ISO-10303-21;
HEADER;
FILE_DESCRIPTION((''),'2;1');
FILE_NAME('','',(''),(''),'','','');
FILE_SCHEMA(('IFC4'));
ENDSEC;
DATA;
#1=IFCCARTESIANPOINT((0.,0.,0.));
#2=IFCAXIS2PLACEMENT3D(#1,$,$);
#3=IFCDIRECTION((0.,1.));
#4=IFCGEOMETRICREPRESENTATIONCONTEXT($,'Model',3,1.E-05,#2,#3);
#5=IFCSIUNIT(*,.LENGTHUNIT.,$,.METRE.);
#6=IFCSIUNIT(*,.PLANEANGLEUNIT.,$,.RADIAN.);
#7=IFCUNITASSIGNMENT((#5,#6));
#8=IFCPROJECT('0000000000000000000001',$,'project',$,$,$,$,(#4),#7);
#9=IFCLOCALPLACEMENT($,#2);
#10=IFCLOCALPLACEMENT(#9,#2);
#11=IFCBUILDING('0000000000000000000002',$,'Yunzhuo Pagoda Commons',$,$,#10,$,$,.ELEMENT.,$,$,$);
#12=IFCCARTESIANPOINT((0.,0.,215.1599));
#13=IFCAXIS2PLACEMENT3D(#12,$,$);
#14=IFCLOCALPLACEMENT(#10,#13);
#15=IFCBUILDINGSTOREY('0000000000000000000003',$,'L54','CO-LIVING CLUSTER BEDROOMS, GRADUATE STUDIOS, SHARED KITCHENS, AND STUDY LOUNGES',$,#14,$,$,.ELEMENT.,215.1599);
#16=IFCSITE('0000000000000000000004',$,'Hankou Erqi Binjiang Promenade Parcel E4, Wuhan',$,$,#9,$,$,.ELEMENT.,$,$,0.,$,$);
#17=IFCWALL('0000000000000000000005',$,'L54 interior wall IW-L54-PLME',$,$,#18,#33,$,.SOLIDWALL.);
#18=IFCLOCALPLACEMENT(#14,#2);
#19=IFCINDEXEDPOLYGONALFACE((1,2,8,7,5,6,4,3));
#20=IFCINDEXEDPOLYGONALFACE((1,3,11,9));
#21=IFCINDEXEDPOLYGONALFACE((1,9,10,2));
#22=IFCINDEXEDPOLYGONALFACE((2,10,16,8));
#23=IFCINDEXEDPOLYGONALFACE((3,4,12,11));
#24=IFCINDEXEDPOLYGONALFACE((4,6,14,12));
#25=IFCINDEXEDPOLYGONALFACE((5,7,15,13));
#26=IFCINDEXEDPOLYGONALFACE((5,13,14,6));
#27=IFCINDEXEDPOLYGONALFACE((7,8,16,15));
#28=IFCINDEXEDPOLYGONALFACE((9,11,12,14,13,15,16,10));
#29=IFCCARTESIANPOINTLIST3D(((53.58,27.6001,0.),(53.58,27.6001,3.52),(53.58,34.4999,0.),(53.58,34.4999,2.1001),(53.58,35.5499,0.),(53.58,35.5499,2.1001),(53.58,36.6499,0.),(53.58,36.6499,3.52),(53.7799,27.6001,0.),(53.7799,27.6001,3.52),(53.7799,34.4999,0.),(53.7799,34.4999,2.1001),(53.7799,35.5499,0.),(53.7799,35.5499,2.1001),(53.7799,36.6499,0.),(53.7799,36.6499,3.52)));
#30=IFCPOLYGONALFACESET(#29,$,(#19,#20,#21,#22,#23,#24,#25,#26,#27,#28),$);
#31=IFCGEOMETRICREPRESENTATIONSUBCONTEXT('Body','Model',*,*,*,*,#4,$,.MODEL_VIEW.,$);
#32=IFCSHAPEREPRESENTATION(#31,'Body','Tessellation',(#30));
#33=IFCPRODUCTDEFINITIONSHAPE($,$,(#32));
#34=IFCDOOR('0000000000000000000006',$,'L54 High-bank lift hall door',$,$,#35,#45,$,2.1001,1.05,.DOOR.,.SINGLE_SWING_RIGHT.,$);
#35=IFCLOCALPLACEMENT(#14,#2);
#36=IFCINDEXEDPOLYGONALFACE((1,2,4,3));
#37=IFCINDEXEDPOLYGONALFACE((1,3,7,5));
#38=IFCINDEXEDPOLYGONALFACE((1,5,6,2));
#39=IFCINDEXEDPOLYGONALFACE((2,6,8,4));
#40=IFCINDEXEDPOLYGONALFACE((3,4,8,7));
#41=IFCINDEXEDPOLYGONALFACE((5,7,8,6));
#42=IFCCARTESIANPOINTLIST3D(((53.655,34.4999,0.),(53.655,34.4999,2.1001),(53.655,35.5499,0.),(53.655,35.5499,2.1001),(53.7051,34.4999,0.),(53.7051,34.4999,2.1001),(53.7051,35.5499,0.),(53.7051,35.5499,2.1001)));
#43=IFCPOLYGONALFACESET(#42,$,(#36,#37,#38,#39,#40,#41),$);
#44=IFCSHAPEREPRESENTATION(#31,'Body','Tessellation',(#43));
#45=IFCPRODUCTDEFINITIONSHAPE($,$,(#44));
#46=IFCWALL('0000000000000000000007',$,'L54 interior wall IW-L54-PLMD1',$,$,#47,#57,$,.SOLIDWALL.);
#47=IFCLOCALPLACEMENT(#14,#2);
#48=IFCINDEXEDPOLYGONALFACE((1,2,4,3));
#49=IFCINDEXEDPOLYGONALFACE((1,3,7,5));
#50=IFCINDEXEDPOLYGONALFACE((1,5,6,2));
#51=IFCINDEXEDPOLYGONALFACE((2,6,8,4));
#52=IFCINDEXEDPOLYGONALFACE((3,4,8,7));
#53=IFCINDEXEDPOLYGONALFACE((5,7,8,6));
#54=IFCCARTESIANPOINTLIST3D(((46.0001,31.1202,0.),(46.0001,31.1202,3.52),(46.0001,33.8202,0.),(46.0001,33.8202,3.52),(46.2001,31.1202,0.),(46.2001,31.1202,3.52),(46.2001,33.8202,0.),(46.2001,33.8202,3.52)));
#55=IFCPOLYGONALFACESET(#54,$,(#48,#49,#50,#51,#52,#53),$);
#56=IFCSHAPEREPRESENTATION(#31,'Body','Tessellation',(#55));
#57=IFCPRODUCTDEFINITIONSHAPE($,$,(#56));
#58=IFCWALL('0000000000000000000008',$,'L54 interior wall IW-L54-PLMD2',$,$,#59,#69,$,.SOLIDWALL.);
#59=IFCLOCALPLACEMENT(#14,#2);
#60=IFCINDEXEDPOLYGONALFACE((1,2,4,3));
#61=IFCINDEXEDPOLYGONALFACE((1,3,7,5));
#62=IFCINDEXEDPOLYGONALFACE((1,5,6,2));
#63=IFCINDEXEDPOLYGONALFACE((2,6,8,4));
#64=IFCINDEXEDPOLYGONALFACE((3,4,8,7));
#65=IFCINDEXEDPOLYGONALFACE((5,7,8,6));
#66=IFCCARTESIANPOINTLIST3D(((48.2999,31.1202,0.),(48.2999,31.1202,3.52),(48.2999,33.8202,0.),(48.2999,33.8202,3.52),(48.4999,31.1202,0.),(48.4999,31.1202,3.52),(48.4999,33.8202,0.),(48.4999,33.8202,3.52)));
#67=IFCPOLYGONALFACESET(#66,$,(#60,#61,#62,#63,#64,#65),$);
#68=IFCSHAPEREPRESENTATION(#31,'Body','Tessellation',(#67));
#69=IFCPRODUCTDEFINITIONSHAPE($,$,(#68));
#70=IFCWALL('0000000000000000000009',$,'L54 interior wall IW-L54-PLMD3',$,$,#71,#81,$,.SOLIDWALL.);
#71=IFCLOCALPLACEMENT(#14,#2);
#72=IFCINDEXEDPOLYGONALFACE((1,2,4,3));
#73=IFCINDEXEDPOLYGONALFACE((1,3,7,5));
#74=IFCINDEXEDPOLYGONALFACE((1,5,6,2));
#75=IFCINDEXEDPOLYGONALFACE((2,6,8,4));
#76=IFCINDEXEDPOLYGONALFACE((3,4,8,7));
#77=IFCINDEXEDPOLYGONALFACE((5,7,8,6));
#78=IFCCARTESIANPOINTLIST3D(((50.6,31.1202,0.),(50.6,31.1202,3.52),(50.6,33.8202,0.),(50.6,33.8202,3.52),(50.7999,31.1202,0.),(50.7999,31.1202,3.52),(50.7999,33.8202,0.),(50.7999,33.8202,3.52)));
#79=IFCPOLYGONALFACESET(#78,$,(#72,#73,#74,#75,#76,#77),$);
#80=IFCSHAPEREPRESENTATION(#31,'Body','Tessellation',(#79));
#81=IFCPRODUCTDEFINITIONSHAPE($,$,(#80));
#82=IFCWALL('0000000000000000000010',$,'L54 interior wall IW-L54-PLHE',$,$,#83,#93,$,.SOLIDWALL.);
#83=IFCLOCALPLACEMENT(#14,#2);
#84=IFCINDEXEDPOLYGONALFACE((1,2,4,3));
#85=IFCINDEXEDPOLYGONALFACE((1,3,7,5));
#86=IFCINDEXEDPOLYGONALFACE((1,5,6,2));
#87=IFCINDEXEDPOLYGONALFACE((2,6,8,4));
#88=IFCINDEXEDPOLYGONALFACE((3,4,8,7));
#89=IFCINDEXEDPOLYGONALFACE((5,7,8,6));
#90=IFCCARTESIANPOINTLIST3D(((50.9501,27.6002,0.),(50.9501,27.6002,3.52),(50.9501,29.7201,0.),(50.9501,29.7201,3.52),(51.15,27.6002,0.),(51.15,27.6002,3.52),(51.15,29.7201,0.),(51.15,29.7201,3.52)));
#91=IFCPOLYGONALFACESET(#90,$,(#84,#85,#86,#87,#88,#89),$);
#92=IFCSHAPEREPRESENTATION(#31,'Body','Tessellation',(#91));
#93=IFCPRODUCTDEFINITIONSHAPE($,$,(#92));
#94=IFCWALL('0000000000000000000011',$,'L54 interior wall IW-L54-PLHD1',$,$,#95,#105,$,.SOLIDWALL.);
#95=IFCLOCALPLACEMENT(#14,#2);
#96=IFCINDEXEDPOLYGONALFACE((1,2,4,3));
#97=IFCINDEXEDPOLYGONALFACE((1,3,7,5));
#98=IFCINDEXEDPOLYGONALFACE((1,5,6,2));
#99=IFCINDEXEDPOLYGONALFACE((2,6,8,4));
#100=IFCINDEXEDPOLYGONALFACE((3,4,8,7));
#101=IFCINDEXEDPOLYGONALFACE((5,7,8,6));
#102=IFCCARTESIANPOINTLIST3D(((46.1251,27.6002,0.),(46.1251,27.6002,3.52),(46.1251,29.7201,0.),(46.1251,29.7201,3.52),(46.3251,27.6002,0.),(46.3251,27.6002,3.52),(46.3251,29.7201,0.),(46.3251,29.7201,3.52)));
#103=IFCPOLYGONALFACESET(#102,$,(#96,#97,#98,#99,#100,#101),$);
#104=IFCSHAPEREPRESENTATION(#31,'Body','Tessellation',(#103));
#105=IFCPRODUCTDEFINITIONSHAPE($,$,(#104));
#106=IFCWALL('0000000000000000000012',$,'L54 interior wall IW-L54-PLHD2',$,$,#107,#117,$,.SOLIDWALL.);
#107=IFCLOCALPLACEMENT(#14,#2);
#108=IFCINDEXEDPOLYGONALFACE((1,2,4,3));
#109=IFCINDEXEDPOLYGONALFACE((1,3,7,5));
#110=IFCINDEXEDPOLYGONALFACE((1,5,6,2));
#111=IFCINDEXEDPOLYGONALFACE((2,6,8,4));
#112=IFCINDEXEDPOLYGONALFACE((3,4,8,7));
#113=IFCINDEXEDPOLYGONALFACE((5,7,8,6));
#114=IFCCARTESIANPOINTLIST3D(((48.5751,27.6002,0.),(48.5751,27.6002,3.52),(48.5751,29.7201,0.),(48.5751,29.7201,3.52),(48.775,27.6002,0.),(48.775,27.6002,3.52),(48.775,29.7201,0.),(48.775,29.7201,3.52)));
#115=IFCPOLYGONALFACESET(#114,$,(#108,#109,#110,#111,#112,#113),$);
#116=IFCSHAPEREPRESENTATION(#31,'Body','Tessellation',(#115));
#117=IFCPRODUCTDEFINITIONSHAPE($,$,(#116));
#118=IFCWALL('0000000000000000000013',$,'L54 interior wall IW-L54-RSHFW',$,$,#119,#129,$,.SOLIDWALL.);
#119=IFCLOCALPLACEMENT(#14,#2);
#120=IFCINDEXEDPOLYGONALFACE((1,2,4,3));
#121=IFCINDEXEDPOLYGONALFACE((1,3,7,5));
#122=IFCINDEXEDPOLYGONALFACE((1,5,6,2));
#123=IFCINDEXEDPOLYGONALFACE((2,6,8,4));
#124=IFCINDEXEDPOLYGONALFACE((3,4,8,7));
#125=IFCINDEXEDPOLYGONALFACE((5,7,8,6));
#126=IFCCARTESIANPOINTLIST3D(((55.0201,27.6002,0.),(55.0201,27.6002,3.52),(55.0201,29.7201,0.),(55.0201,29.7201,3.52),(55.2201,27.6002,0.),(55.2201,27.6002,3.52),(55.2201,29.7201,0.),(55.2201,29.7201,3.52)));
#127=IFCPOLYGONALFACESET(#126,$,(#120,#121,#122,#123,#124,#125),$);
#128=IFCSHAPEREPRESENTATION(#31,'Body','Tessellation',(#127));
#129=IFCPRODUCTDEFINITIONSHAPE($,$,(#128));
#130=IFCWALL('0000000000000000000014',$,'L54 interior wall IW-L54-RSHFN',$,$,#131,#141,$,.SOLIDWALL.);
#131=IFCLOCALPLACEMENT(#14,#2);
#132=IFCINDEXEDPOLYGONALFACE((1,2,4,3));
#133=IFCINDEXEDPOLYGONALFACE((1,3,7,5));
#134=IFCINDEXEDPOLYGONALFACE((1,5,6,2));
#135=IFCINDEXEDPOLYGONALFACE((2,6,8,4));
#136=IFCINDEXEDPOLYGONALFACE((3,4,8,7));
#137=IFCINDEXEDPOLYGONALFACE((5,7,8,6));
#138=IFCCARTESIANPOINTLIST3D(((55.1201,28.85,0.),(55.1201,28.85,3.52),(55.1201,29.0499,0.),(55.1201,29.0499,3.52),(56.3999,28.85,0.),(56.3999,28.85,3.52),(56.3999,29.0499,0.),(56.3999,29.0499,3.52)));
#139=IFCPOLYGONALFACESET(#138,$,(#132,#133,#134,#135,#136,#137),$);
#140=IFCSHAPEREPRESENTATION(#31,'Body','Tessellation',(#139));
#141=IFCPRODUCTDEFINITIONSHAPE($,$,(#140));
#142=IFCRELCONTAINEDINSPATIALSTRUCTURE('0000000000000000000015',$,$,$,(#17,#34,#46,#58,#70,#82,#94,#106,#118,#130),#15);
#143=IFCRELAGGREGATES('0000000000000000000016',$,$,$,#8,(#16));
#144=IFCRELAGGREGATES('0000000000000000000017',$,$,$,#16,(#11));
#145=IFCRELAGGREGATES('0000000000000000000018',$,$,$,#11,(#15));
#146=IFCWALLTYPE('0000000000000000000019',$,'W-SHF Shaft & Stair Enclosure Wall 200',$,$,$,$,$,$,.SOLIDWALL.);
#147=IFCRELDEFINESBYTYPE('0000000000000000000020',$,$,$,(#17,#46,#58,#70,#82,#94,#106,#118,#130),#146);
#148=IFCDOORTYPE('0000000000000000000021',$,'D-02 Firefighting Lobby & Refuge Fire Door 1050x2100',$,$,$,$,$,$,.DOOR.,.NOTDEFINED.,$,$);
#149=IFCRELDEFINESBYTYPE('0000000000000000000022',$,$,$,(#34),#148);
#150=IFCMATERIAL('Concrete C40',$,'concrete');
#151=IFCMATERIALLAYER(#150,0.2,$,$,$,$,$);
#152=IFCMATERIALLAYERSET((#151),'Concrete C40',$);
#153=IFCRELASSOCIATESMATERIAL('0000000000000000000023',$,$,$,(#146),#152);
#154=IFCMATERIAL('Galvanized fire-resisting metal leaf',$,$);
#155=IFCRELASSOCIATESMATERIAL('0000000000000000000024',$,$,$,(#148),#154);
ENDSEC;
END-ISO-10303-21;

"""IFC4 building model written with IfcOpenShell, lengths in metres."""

from ifc_helpers import new_model, si_unit, direction, frame, frame_2d, origin, origin_with_axes, place, context, subcontext, project, spatial, rectangle, extrude, source, transform, mapped, material, layer, layer_set, type_object, element, fill, save


model = new_model("IFC4")

# Units and contexts
model_context = context("Model", 3, precision=1e-05, world=origin(), true_north=direction((0.0, 1.0)))
body_context = subcontext(model_context, "Body", "Model", "MODEL_VIEW")
ifc_project = project(units=[si_unit("LENGTHUNIT", "METRE"), si_unit("PLANEANGLEUNIT", "RADIAN")], contexts=[model_context])

# Site, building, storey
site_placement = place(None, origin())
site = spatial("IfcSite", under=ifc_project, at=site_placement, Name="Hankou Erqi Binjiang Promenade Parcel E4, Wuhan", CompositionType="ELEMENT", RefElevation=0.0)
building_placement = place(site_placement, origin())
building = spatial("IfcBuilding", under=site, at=building_placement, Name="Yunzhuo Pagoda Commons", CompositionType="ELEMENT")
storey_placement = place(building_placement, frame((0.0, 0.0, 215.1599)))
storey = spatial("IfcBuildingStorey", under=building, at=storey_placement, Name="L54", Description="CO-LIVING CLUSTER BEDROOMS, GRADUATE STUDIOS, SHARED KITCHENS, AND STUDY LOUNGES", CompositionType="ELEMENT", Elevation=215.1599)

# Shared definitions
ifc_material_1 = material(Name="Galvanized fire-resisting metal leaf")

# Wall, opening, door
ifc_material_2 = material(Name="Concrete C40", Category="concrete")
ifc_layer_1 = layer(ifc_material_2, 0.2)
ifc_layer_set_1 = layer_set([ifc_layer_1], Name="Concrete C40")
wall_type_1 = type_object("IfcWallType", Name="W-SHF Shaft & Stair Enclosure Wall 200", PredefinedType="SOLIDWALL", material=ifc_layer_set_1)
wall_1_placement = place(storey_placement, frame((53.6799, 27.6001, 0.0), z_axis=(0.0, 0.0, 1.0), x_axis=(0.0, 1.0, 0.0)))
wall_1 = element("IfcWall", 1, at=wall_1_placement, inside=storey, type_object=wall_type_1, Name="L54 interior wall IW-L54-PLME", PredefinedType="SOLIDWALL", context=body_context, shape_type="SweptSolid", body=[
    extrude(rectangle(XDim=9.0498, YDim=0.2, at=frame_2d((4.5249, 0.0))), origin(), (0.0, 0.0, 1.0), 3.52),
])
opening_1_placement = place(wall_1_placement, frame((6.8999, 0.0, 0.0)))
opening_1 = element("IfcOpeningElement", 2, at=opening_1_placement, cuts=wall_1, PredefinedType="OPENING", context=body_context, shape_type="SweptSolid", body=[
    extrude(rectangle(XDim=1.05, YDim=2.1001, at=frame_2d((0.5249, 1.05))), frame((0.0, 0.1099, 0.0), z_axis=(0.0, -1.0, 0.0), x_axis=(1.0, 0.0, 0.0)), (0.0, 0.0, 1.0), 0.22),
])
door_type_1 = type_object("IfcDoorType", Name="D-02 Firefighting Lobby & Refuge Fire Door 1050x2100", OperationType="NOTDEFINED", PredefinedType="DOOR", material=ifc_material_1)
shared_shape_1 = source(origin(), body_context, "Body", "SweptSolid", [
    extrude(rectangle(XDim=1.05, YDim=2.1001, at=frame_2d((0.5249, 1.05))), frame((0.0, 0.0249, 0.0), z_axis=(0.0, -1.0, 0.0), x_axis=(1.0, 0.0, 0.0)), (0.0, 0.0, 1.0), 0.05),
])
door_1_placement = place(opening_1_placement, origin_with_axes())
door_1 = element("IfcDoor", 3, at=door_1_placement, inside=storey, type_object=door_type_1, Name="L54 High-bank lift hall door", OperationType="SINGLE_SWING_RIGHT", OverallHeight=2.1001, OverallWidth=1.05, PredefinedType="DOOR", context=body_context, shape_type="MappedRepresentation", body=[
    mapped(shared_shape_1, transform((0.0, 0.0, 0.0), scale=1.0)),
])
fill(opening_1, door_1)

# Walls
for number, where, z_axis, x_axis, name in (
    (4, (46.1001, 31.1201, 0.0), (0.0, 0.0, 1.0), (0.0, 1.0, 0.0), "L54 interior wall IW-L54-PLMD1"),
    (5, (48.3999, 31.1201, 0.0), (0.0, 0.0, 1.0), (0.0, 1.0, 0.0), "L54 interior wall IW-L54-PLMD2"),
    (6, (50.7, 31.1201, 0.0), (0.0, 0.0, 1.0), (0.0, 1.0, 0.0), "L54 interior wall IW-L54-PLMD3"),
):
    element("IfcWall", number, at=place(storey_placement, frame(where, z_axis=z_axis, x_axis=x_axis)), inside=storey, type_object=wall_type_1, Name=name, PredefinedType="SOLIDWALL", context=body_context, shape_type="SweptSolid", body=[
        extrude(rectangle(XDim=2.7, YDim=0.2, at=frame_2d((1.3501, 0.0))), origin(), (0.0, 0.0, 1.0), 3.52),
    ])
for number, where, z_axis, x_axis, name in (
    (7, (51.05, 27.6001, 0.0), (0.0, 0.0, 1.0), (0.0, 1.0, 0.0), "L54 interior wall IW-L54-PLHE"),
    (8, (46.2251, 27.6001, 0.0), (0.0, 0.0, 1.0), (0.0, 1.0, 0.0), "L54 interior wall IW-L54-PLHD1"),
    (9, (48.675, 27.6001, 0.0), (0.0, 0.0, 1.0), (0.0, 1.0, 0.0), "L54 interior wall IW-L54-PLHD2"),
    (10, (55.1201, 27.6001, 0.0), (0.0, 0.0, 1.0), (0.0, 1.0, 0.0), "L54 interior wall IW-L54-RSHFW"),
):
    element("IfcWall", number, at=place(storey_placement, frame(where, z_axis=z_axis, x_axis=x_axis)), inside=storey, type_object=wall_type_1, Name=name, PredefinedType="SOLIDWALL", context=body_context, shape_type="SweptSolid", body=[
        extrude(rectangle(XDim=2.1199, YDim=0.2, at=frame_2d((1.0601, 0.0))), origin(), (0.0, 0.0, 1.0), 3.52),
    ])
wall_2_placement = place(storey_placement, frame((55.1201, 28.95, 0.0), z_axis=(0.0, 0.0, 1.0), x_axis=(1.0, 0.0, 0.0)))
element("IfcWall", 11, at=wall_2_placement, inside=storey, type_object=wall_type_1, Name="L54 interior wall IW-L54-RSHFN", PredefinedType="SOLIDWALL", context=body_context, shape_type="SweptSolid", body=[
    extrude(rectangle(XDim=1.2798, YDim=0.2, at=frame_2d((0.6399, 0.0))), origin(), (0.0, 0.0, 1.0), 3.52),
])

save(model, "model.ifc")
